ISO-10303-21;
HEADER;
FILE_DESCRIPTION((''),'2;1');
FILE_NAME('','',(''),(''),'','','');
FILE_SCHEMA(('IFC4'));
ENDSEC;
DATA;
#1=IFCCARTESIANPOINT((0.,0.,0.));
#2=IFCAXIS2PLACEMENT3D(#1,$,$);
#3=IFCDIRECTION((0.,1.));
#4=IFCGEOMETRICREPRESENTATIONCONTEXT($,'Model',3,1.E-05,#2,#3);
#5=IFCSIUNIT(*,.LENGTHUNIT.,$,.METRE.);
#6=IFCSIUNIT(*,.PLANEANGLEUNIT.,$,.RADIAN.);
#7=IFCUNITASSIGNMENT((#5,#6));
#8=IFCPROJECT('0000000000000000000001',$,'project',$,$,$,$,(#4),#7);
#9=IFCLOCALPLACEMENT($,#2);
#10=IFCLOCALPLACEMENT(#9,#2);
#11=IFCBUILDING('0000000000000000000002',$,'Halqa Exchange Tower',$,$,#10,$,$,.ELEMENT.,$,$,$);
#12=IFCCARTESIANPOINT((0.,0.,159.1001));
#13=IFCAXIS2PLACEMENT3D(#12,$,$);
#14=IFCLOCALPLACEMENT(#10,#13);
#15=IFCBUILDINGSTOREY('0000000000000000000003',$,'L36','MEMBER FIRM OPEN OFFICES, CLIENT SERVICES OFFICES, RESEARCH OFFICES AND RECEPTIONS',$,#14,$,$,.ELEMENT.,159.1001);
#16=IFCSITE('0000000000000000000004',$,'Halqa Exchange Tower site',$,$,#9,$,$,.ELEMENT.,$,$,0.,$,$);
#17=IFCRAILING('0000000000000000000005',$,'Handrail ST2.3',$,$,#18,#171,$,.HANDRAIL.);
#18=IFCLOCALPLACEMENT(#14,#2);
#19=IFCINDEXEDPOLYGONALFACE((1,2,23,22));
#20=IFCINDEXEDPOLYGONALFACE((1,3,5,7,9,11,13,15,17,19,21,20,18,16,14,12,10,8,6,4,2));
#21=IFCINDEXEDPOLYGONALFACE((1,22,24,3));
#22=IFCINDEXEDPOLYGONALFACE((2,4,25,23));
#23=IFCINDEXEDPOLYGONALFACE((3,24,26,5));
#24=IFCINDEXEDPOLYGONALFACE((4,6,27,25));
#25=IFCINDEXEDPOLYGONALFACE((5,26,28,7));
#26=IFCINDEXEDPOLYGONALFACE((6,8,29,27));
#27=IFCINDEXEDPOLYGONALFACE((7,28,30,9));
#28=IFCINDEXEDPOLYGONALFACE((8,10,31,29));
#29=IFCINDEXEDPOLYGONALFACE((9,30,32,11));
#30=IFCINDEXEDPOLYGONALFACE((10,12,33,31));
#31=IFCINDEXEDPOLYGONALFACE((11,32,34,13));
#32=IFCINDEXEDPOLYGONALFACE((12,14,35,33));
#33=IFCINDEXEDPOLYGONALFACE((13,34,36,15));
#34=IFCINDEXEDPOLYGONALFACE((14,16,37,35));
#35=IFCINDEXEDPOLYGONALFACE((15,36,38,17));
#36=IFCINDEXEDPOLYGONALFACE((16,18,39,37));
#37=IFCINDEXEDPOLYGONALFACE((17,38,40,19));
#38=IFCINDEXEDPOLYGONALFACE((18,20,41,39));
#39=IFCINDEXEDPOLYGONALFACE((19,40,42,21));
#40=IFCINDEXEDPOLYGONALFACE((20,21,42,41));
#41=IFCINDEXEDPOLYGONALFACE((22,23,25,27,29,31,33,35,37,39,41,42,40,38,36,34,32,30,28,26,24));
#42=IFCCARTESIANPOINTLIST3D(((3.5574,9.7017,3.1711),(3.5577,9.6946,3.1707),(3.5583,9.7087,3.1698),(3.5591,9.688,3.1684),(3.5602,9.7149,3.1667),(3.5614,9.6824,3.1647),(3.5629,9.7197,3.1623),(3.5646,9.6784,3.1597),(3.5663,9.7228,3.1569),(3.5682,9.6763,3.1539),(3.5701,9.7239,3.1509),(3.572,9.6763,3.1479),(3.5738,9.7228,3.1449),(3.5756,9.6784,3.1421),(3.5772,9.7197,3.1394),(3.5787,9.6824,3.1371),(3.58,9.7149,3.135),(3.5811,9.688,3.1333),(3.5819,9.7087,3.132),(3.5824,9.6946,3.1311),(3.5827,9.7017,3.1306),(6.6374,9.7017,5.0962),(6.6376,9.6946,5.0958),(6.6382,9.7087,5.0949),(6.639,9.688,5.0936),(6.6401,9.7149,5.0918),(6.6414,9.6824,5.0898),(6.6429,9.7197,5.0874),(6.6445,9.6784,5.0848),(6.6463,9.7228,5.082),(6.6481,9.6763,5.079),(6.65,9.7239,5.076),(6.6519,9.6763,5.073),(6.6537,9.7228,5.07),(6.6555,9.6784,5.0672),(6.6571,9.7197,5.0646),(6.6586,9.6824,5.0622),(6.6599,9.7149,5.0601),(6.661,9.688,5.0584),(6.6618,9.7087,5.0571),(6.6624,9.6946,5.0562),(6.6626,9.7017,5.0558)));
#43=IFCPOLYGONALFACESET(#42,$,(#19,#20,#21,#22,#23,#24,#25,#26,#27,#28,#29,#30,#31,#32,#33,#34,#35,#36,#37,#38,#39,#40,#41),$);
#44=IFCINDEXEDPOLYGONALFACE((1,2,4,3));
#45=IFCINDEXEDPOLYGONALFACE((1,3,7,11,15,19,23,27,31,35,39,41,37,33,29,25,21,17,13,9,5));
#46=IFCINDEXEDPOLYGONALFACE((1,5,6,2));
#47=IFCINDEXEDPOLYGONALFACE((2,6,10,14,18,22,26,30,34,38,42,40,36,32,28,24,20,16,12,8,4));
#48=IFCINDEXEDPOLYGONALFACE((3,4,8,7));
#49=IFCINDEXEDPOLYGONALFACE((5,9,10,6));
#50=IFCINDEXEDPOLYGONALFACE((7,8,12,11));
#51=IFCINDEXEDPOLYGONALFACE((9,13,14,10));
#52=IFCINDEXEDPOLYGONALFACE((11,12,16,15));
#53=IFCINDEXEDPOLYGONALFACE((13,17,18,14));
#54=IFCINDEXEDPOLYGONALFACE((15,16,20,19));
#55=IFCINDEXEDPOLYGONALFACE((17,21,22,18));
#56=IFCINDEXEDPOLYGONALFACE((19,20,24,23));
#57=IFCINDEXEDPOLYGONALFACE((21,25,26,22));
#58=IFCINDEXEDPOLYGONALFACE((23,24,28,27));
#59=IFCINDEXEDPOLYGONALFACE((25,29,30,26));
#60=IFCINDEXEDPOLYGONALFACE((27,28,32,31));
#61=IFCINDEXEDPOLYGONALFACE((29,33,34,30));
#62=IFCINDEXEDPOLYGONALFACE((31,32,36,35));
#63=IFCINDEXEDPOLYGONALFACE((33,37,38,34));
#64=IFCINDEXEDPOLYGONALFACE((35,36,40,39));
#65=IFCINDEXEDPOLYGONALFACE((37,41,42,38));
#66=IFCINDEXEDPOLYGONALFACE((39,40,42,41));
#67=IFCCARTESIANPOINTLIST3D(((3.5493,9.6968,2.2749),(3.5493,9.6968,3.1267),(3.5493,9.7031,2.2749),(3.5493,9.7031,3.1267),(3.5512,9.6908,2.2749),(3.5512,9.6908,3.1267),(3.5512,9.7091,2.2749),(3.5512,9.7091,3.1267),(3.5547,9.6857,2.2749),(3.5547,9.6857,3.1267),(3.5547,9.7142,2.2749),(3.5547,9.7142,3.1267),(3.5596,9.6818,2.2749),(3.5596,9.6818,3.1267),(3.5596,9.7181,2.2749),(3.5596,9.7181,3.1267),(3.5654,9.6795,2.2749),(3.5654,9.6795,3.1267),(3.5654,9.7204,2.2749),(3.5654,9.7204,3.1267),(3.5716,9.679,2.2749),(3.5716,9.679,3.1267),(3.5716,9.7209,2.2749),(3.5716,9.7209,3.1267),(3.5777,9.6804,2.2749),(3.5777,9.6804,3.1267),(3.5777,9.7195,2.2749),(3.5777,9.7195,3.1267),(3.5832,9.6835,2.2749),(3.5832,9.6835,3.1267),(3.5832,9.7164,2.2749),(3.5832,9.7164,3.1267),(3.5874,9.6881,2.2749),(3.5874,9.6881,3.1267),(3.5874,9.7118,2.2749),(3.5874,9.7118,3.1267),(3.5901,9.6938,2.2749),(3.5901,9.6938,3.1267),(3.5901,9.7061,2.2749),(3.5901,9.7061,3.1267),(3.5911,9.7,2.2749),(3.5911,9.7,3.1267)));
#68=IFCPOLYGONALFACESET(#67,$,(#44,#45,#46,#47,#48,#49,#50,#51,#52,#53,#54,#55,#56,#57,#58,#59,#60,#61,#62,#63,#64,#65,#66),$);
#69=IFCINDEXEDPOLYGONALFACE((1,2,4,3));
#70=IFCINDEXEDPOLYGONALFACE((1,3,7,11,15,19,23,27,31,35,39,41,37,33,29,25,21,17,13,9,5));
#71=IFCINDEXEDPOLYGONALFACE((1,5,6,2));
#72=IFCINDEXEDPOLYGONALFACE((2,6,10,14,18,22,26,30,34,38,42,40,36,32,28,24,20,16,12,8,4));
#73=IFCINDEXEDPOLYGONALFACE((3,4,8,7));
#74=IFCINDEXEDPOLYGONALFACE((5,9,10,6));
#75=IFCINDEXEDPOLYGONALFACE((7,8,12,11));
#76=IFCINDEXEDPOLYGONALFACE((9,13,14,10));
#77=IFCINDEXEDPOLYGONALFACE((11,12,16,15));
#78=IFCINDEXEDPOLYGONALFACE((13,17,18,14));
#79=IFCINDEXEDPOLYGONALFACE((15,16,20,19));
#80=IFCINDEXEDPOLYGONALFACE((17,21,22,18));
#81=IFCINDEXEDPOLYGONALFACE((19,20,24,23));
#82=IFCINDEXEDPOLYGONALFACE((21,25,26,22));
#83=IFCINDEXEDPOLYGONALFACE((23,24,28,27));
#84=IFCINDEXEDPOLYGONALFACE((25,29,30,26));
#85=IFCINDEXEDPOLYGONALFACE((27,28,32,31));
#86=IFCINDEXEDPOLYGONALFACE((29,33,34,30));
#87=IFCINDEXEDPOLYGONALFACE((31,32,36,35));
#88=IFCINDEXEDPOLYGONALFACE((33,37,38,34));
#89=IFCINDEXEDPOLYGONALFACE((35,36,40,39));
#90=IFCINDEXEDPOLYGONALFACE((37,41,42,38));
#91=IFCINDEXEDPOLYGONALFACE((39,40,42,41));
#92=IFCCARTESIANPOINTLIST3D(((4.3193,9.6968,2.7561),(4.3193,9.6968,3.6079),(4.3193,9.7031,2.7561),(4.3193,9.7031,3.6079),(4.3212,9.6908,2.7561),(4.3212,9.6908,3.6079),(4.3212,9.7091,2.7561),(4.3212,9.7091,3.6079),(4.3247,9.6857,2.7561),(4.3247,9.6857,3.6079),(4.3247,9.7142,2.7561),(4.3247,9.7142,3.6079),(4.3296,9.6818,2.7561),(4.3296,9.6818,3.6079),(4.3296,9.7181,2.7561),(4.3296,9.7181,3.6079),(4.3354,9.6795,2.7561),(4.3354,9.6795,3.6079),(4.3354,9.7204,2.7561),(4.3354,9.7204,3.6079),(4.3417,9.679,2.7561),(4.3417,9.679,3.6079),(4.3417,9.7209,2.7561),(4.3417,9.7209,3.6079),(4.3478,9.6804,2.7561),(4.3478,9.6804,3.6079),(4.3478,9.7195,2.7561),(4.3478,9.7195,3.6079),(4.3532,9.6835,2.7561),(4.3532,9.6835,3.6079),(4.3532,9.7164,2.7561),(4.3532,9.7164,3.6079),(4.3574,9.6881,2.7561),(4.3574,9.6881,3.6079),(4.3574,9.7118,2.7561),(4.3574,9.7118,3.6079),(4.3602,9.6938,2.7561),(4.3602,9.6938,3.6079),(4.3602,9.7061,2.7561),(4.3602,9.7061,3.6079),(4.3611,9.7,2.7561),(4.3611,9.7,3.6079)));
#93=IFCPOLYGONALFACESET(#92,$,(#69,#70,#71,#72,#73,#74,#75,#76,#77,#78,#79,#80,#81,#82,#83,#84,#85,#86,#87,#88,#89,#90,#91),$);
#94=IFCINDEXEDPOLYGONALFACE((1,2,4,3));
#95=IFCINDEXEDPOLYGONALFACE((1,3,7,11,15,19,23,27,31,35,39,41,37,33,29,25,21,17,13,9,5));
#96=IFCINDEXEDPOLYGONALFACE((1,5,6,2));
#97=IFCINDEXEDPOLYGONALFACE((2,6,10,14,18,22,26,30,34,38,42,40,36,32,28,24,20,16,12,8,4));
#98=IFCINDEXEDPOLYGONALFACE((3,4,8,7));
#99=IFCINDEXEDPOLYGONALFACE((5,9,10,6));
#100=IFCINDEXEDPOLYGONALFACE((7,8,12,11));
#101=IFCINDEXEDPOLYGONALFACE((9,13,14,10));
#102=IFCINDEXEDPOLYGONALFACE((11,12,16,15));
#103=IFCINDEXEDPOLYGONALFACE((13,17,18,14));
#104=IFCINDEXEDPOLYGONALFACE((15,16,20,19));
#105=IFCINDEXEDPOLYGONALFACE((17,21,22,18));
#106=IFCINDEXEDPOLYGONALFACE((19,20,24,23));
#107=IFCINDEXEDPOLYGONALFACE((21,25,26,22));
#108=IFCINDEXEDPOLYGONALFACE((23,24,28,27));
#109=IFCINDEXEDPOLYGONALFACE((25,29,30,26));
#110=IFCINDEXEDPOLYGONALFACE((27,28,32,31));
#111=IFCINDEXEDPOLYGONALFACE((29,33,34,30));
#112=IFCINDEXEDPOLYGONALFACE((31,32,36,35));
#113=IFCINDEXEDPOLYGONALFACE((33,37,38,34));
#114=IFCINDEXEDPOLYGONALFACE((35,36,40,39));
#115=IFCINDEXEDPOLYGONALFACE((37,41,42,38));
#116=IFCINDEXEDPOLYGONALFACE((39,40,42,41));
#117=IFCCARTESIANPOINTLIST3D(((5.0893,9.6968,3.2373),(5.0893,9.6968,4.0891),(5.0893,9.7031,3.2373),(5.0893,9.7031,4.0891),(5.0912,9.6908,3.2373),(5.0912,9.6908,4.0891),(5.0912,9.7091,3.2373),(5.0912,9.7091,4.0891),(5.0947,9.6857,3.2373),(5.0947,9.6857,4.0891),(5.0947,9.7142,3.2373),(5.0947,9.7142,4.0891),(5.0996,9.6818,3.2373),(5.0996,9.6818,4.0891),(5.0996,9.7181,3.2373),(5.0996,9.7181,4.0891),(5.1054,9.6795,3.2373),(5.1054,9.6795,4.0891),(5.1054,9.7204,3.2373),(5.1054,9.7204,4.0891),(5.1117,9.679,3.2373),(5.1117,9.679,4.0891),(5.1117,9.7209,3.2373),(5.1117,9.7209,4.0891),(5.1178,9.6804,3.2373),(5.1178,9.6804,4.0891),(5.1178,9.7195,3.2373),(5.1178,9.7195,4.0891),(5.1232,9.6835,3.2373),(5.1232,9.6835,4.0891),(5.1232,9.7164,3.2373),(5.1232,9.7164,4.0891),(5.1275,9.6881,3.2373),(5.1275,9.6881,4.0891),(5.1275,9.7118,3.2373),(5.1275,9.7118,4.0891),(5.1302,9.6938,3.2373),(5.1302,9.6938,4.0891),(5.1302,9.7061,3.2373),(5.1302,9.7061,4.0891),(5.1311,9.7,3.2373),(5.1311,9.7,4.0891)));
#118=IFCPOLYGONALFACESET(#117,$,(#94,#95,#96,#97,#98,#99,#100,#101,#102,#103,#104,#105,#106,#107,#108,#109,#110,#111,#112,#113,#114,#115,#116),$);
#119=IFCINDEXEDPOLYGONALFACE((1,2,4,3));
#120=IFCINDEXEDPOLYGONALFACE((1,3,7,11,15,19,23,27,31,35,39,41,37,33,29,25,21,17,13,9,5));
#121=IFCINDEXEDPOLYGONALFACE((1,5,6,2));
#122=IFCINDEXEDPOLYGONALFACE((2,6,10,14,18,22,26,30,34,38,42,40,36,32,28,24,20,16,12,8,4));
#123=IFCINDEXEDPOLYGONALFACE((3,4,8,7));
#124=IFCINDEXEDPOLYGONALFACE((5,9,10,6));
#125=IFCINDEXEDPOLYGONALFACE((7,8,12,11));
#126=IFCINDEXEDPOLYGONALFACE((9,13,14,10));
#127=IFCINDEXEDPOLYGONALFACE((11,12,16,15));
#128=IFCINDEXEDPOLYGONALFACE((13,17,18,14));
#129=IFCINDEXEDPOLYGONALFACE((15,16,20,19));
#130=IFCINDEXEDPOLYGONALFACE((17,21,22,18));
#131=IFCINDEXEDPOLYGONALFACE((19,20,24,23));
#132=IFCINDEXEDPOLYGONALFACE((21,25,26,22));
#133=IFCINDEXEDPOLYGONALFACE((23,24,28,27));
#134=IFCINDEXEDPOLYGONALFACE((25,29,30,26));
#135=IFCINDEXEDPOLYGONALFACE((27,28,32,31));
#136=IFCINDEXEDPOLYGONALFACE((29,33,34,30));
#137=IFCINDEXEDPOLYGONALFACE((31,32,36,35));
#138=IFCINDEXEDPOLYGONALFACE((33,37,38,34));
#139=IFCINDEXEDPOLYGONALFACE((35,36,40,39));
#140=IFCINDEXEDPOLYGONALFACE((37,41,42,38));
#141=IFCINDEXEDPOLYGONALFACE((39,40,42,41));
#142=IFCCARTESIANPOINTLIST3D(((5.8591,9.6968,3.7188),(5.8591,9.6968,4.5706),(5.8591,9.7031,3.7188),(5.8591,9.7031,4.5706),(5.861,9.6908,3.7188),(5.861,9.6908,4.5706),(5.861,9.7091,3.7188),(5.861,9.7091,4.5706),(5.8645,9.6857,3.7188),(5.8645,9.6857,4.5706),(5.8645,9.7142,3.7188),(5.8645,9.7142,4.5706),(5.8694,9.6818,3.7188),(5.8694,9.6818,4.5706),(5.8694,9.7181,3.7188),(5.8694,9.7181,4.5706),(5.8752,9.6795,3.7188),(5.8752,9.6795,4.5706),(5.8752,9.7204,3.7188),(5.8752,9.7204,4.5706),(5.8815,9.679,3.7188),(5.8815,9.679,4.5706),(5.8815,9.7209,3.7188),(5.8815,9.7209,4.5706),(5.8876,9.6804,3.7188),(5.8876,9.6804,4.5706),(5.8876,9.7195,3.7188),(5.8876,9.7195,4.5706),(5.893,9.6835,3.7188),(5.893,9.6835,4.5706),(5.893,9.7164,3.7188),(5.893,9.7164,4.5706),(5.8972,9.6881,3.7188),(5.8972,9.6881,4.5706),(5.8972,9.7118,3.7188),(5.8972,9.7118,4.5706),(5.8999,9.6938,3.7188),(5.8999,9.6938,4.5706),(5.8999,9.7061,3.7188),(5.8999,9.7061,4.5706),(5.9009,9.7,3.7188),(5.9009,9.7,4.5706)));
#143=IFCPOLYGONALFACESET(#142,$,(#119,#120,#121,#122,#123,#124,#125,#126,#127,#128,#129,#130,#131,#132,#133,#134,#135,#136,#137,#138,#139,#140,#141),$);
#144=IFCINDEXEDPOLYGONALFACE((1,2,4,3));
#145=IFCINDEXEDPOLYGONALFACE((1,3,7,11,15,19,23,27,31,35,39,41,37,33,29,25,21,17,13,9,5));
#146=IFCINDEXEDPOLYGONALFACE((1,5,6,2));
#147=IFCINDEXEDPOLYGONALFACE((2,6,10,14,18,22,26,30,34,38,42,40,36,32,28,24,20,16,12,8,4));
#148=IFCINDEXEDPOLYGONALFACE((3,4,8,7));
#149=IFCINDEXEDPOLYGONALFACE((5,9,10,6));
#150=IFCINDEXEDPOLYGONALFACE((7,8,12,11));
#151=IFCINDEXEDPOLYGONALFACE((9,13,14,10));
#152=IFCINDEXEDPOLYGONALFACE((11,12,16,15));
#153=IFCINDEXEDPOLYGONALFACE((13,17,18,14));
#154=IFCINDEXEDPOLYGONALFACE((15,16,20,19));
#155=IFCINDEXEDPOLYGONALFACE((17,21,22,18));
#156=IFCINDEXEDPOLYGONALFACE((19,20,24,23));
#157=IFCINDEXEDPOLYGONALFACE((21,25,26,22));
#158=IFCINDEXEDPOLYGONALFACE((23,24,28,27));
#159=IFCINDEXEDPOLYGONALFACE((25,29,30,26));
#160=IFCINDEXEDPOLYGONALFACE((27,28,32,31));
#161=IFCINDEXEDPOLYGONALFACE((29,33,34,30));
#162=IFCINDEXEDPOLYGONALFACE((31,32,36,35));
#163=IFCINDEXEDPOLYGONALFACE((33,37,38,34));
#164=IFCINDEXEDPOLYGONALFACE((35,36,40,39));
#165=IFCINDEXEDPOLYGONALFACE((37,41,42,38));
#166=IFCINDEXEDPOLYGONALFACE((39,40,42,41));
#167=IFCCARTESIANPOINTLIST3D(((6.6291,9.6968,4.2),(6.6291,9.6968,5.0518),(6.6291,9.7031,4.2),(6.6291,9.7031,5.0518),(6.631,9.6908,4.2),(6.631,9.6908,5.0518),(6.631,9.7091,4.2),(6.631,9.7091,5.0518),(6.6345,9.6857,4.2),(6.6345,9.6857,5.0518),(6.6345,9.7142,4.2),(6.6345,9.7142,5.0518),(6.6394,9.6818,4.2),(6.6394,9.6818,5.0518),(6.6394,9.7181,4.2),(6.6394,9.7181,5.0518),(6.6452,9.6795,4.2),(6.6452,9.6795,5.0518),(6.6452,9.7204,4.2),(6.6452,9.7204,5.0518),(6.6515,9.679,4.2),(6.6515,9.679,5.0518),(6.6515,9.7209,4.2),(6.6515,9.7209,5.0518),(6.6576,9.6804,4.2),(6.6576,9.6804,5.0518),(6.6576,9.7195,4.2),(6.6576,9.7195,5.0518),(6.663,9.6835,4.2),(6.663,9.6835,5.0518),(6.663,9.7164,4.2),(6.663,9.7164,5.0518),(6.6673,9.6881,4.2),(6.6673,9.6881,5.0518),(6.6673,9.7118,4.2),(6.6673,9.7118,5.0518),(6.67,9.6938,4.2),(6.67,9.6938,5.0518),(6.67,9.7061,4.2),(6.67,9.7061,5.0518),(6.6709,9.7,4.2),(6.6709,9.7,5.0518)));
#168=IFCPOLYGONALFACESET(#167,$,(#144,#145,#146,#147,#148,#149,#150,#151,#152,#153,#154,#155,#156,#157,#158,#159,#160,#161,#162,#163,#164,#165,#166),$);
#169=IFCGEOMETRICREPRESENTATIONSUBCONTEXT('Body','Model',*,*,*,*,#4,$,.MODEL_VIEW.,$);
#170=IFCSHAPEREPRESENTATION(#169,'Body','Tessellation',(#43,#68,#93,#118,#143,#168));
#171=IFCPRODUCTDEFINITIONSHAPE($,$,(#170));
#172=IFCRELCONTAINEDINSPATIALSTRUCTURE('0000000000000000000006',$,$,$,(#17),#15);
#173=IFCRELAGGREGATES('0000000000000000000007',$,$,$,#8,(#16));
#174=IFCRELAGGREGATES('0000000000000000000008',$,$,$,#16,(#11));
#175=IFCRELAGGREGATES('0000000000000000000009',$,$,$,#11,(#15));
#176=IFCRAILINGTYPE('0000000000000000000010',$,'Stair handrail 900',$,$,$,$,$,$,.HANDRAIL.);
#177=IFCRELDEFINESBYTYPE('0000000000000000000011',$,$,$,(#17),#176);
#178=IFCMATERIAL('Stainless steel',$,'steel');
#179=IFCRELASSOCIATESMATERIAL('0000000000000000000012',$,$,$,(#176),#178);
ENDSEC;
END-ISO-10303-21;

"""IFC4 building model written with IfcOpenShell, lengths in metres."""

from ifc_helpers import new_model, si_unit, direction, frame, origin, origin_2d, place, context, subcontext, project, spatial, circle, extrude, material, type_object, element, save


model = new_model("IFC4")

# Units and contexts
model_context = context("Model", 3, precision=1e-05, world=origin(), true_north=direction((0.0, 1.0)))
body_context = subcontext(model_context, "Body", "Model", "MODEL_VIEW")
ifc_project = project(units=[si_unit("LENGTHUNIT", "METRE"), si_unit("PLANEANGLEUNIT", "RADIAN")], contexts=[model_context])

# Site, building, storey
site_placement = place(None, origin())
site = spatial("IfcSite", under=ifc_project, at=site_placement, Name="Halqa Exchange Tower site", CompositionType="ELEMENT", RefElevation=0.0)
building_placement = place(site_placement, origin())
building = spatial("IfcBuilding", under=site, at=building_placement, Name="Halqa Exchange Tower", CompositionType="ELEMENT")
storey_placement = place(building_placement, frame((0.0, 0.0, 159.1001)))
storey = spatial("IfcBuildingStorey", under=building, at=storey_placement, Name="L36", Description="MEMBER FIRM OPEN OFFICES, CLIENT SERVICES OFFICES, RESEARCH OFFICES AND RECEPTIONS", CompositionType="ELEMENT", Elevation=159.1001)

# Railing
ifc_material_1 = material(Name="Stainless steel", Category="steel")
railing_type_1 = type_object("IfcRailingType", Name="Stair handrail 900", PredefinedType="HANDRAIL", material=ifc_material_1)
railing_1_placement = place(storey_placement, frame((3.5701, 9.7, 2.2749)))
element("IfcRailing", 1, at=railing_1_placement, inside=storey, type_object=railing_type_1, Name="Handrail ST2.3", PredefinedType="HANDRAIL", context=body_context, shape_type="SweptSolid", body=[
    extrude(circle(Radius=0.0239, at=origin_2d()), frame((0.0, 0.0, 0.876), z_axis=(0.847979, 0.0, 0.530029), x_axis=(0.0, 1.0, 0.0)), (0.0, 0.0, 1.0), 3.6321),
    extrude(circle(Radius=0.021, at=origin_2d()), origin(), (0.0, 0.0, 1.0), 0.8518),
    extrude(circle(Radius=0.021, at=origin_2d()), frame((0.77, 0.0, 0.4812)), (0.0, 0.0, 1.0), 0.8518),
    extrude(circle(Radius=0.021, at=origin_2d()), frame((1.54, 0.0, 0.9624)), (0.0, 0.0, 1.0), 0.8518),
    extrude(circle(Radius=0.021, at=origin_2d()), frame((2.3098, 0.0, 1.4438)), (0.0, 0.0, 1.0), 0.8518),
    extrude(circle(Radius=0.021, at=origin_2d()), frame((3.0798, 0.0, 1.925)), (0.0, 0.0, 1.0), 0.8518),
])

save(model, "model.ifc")
